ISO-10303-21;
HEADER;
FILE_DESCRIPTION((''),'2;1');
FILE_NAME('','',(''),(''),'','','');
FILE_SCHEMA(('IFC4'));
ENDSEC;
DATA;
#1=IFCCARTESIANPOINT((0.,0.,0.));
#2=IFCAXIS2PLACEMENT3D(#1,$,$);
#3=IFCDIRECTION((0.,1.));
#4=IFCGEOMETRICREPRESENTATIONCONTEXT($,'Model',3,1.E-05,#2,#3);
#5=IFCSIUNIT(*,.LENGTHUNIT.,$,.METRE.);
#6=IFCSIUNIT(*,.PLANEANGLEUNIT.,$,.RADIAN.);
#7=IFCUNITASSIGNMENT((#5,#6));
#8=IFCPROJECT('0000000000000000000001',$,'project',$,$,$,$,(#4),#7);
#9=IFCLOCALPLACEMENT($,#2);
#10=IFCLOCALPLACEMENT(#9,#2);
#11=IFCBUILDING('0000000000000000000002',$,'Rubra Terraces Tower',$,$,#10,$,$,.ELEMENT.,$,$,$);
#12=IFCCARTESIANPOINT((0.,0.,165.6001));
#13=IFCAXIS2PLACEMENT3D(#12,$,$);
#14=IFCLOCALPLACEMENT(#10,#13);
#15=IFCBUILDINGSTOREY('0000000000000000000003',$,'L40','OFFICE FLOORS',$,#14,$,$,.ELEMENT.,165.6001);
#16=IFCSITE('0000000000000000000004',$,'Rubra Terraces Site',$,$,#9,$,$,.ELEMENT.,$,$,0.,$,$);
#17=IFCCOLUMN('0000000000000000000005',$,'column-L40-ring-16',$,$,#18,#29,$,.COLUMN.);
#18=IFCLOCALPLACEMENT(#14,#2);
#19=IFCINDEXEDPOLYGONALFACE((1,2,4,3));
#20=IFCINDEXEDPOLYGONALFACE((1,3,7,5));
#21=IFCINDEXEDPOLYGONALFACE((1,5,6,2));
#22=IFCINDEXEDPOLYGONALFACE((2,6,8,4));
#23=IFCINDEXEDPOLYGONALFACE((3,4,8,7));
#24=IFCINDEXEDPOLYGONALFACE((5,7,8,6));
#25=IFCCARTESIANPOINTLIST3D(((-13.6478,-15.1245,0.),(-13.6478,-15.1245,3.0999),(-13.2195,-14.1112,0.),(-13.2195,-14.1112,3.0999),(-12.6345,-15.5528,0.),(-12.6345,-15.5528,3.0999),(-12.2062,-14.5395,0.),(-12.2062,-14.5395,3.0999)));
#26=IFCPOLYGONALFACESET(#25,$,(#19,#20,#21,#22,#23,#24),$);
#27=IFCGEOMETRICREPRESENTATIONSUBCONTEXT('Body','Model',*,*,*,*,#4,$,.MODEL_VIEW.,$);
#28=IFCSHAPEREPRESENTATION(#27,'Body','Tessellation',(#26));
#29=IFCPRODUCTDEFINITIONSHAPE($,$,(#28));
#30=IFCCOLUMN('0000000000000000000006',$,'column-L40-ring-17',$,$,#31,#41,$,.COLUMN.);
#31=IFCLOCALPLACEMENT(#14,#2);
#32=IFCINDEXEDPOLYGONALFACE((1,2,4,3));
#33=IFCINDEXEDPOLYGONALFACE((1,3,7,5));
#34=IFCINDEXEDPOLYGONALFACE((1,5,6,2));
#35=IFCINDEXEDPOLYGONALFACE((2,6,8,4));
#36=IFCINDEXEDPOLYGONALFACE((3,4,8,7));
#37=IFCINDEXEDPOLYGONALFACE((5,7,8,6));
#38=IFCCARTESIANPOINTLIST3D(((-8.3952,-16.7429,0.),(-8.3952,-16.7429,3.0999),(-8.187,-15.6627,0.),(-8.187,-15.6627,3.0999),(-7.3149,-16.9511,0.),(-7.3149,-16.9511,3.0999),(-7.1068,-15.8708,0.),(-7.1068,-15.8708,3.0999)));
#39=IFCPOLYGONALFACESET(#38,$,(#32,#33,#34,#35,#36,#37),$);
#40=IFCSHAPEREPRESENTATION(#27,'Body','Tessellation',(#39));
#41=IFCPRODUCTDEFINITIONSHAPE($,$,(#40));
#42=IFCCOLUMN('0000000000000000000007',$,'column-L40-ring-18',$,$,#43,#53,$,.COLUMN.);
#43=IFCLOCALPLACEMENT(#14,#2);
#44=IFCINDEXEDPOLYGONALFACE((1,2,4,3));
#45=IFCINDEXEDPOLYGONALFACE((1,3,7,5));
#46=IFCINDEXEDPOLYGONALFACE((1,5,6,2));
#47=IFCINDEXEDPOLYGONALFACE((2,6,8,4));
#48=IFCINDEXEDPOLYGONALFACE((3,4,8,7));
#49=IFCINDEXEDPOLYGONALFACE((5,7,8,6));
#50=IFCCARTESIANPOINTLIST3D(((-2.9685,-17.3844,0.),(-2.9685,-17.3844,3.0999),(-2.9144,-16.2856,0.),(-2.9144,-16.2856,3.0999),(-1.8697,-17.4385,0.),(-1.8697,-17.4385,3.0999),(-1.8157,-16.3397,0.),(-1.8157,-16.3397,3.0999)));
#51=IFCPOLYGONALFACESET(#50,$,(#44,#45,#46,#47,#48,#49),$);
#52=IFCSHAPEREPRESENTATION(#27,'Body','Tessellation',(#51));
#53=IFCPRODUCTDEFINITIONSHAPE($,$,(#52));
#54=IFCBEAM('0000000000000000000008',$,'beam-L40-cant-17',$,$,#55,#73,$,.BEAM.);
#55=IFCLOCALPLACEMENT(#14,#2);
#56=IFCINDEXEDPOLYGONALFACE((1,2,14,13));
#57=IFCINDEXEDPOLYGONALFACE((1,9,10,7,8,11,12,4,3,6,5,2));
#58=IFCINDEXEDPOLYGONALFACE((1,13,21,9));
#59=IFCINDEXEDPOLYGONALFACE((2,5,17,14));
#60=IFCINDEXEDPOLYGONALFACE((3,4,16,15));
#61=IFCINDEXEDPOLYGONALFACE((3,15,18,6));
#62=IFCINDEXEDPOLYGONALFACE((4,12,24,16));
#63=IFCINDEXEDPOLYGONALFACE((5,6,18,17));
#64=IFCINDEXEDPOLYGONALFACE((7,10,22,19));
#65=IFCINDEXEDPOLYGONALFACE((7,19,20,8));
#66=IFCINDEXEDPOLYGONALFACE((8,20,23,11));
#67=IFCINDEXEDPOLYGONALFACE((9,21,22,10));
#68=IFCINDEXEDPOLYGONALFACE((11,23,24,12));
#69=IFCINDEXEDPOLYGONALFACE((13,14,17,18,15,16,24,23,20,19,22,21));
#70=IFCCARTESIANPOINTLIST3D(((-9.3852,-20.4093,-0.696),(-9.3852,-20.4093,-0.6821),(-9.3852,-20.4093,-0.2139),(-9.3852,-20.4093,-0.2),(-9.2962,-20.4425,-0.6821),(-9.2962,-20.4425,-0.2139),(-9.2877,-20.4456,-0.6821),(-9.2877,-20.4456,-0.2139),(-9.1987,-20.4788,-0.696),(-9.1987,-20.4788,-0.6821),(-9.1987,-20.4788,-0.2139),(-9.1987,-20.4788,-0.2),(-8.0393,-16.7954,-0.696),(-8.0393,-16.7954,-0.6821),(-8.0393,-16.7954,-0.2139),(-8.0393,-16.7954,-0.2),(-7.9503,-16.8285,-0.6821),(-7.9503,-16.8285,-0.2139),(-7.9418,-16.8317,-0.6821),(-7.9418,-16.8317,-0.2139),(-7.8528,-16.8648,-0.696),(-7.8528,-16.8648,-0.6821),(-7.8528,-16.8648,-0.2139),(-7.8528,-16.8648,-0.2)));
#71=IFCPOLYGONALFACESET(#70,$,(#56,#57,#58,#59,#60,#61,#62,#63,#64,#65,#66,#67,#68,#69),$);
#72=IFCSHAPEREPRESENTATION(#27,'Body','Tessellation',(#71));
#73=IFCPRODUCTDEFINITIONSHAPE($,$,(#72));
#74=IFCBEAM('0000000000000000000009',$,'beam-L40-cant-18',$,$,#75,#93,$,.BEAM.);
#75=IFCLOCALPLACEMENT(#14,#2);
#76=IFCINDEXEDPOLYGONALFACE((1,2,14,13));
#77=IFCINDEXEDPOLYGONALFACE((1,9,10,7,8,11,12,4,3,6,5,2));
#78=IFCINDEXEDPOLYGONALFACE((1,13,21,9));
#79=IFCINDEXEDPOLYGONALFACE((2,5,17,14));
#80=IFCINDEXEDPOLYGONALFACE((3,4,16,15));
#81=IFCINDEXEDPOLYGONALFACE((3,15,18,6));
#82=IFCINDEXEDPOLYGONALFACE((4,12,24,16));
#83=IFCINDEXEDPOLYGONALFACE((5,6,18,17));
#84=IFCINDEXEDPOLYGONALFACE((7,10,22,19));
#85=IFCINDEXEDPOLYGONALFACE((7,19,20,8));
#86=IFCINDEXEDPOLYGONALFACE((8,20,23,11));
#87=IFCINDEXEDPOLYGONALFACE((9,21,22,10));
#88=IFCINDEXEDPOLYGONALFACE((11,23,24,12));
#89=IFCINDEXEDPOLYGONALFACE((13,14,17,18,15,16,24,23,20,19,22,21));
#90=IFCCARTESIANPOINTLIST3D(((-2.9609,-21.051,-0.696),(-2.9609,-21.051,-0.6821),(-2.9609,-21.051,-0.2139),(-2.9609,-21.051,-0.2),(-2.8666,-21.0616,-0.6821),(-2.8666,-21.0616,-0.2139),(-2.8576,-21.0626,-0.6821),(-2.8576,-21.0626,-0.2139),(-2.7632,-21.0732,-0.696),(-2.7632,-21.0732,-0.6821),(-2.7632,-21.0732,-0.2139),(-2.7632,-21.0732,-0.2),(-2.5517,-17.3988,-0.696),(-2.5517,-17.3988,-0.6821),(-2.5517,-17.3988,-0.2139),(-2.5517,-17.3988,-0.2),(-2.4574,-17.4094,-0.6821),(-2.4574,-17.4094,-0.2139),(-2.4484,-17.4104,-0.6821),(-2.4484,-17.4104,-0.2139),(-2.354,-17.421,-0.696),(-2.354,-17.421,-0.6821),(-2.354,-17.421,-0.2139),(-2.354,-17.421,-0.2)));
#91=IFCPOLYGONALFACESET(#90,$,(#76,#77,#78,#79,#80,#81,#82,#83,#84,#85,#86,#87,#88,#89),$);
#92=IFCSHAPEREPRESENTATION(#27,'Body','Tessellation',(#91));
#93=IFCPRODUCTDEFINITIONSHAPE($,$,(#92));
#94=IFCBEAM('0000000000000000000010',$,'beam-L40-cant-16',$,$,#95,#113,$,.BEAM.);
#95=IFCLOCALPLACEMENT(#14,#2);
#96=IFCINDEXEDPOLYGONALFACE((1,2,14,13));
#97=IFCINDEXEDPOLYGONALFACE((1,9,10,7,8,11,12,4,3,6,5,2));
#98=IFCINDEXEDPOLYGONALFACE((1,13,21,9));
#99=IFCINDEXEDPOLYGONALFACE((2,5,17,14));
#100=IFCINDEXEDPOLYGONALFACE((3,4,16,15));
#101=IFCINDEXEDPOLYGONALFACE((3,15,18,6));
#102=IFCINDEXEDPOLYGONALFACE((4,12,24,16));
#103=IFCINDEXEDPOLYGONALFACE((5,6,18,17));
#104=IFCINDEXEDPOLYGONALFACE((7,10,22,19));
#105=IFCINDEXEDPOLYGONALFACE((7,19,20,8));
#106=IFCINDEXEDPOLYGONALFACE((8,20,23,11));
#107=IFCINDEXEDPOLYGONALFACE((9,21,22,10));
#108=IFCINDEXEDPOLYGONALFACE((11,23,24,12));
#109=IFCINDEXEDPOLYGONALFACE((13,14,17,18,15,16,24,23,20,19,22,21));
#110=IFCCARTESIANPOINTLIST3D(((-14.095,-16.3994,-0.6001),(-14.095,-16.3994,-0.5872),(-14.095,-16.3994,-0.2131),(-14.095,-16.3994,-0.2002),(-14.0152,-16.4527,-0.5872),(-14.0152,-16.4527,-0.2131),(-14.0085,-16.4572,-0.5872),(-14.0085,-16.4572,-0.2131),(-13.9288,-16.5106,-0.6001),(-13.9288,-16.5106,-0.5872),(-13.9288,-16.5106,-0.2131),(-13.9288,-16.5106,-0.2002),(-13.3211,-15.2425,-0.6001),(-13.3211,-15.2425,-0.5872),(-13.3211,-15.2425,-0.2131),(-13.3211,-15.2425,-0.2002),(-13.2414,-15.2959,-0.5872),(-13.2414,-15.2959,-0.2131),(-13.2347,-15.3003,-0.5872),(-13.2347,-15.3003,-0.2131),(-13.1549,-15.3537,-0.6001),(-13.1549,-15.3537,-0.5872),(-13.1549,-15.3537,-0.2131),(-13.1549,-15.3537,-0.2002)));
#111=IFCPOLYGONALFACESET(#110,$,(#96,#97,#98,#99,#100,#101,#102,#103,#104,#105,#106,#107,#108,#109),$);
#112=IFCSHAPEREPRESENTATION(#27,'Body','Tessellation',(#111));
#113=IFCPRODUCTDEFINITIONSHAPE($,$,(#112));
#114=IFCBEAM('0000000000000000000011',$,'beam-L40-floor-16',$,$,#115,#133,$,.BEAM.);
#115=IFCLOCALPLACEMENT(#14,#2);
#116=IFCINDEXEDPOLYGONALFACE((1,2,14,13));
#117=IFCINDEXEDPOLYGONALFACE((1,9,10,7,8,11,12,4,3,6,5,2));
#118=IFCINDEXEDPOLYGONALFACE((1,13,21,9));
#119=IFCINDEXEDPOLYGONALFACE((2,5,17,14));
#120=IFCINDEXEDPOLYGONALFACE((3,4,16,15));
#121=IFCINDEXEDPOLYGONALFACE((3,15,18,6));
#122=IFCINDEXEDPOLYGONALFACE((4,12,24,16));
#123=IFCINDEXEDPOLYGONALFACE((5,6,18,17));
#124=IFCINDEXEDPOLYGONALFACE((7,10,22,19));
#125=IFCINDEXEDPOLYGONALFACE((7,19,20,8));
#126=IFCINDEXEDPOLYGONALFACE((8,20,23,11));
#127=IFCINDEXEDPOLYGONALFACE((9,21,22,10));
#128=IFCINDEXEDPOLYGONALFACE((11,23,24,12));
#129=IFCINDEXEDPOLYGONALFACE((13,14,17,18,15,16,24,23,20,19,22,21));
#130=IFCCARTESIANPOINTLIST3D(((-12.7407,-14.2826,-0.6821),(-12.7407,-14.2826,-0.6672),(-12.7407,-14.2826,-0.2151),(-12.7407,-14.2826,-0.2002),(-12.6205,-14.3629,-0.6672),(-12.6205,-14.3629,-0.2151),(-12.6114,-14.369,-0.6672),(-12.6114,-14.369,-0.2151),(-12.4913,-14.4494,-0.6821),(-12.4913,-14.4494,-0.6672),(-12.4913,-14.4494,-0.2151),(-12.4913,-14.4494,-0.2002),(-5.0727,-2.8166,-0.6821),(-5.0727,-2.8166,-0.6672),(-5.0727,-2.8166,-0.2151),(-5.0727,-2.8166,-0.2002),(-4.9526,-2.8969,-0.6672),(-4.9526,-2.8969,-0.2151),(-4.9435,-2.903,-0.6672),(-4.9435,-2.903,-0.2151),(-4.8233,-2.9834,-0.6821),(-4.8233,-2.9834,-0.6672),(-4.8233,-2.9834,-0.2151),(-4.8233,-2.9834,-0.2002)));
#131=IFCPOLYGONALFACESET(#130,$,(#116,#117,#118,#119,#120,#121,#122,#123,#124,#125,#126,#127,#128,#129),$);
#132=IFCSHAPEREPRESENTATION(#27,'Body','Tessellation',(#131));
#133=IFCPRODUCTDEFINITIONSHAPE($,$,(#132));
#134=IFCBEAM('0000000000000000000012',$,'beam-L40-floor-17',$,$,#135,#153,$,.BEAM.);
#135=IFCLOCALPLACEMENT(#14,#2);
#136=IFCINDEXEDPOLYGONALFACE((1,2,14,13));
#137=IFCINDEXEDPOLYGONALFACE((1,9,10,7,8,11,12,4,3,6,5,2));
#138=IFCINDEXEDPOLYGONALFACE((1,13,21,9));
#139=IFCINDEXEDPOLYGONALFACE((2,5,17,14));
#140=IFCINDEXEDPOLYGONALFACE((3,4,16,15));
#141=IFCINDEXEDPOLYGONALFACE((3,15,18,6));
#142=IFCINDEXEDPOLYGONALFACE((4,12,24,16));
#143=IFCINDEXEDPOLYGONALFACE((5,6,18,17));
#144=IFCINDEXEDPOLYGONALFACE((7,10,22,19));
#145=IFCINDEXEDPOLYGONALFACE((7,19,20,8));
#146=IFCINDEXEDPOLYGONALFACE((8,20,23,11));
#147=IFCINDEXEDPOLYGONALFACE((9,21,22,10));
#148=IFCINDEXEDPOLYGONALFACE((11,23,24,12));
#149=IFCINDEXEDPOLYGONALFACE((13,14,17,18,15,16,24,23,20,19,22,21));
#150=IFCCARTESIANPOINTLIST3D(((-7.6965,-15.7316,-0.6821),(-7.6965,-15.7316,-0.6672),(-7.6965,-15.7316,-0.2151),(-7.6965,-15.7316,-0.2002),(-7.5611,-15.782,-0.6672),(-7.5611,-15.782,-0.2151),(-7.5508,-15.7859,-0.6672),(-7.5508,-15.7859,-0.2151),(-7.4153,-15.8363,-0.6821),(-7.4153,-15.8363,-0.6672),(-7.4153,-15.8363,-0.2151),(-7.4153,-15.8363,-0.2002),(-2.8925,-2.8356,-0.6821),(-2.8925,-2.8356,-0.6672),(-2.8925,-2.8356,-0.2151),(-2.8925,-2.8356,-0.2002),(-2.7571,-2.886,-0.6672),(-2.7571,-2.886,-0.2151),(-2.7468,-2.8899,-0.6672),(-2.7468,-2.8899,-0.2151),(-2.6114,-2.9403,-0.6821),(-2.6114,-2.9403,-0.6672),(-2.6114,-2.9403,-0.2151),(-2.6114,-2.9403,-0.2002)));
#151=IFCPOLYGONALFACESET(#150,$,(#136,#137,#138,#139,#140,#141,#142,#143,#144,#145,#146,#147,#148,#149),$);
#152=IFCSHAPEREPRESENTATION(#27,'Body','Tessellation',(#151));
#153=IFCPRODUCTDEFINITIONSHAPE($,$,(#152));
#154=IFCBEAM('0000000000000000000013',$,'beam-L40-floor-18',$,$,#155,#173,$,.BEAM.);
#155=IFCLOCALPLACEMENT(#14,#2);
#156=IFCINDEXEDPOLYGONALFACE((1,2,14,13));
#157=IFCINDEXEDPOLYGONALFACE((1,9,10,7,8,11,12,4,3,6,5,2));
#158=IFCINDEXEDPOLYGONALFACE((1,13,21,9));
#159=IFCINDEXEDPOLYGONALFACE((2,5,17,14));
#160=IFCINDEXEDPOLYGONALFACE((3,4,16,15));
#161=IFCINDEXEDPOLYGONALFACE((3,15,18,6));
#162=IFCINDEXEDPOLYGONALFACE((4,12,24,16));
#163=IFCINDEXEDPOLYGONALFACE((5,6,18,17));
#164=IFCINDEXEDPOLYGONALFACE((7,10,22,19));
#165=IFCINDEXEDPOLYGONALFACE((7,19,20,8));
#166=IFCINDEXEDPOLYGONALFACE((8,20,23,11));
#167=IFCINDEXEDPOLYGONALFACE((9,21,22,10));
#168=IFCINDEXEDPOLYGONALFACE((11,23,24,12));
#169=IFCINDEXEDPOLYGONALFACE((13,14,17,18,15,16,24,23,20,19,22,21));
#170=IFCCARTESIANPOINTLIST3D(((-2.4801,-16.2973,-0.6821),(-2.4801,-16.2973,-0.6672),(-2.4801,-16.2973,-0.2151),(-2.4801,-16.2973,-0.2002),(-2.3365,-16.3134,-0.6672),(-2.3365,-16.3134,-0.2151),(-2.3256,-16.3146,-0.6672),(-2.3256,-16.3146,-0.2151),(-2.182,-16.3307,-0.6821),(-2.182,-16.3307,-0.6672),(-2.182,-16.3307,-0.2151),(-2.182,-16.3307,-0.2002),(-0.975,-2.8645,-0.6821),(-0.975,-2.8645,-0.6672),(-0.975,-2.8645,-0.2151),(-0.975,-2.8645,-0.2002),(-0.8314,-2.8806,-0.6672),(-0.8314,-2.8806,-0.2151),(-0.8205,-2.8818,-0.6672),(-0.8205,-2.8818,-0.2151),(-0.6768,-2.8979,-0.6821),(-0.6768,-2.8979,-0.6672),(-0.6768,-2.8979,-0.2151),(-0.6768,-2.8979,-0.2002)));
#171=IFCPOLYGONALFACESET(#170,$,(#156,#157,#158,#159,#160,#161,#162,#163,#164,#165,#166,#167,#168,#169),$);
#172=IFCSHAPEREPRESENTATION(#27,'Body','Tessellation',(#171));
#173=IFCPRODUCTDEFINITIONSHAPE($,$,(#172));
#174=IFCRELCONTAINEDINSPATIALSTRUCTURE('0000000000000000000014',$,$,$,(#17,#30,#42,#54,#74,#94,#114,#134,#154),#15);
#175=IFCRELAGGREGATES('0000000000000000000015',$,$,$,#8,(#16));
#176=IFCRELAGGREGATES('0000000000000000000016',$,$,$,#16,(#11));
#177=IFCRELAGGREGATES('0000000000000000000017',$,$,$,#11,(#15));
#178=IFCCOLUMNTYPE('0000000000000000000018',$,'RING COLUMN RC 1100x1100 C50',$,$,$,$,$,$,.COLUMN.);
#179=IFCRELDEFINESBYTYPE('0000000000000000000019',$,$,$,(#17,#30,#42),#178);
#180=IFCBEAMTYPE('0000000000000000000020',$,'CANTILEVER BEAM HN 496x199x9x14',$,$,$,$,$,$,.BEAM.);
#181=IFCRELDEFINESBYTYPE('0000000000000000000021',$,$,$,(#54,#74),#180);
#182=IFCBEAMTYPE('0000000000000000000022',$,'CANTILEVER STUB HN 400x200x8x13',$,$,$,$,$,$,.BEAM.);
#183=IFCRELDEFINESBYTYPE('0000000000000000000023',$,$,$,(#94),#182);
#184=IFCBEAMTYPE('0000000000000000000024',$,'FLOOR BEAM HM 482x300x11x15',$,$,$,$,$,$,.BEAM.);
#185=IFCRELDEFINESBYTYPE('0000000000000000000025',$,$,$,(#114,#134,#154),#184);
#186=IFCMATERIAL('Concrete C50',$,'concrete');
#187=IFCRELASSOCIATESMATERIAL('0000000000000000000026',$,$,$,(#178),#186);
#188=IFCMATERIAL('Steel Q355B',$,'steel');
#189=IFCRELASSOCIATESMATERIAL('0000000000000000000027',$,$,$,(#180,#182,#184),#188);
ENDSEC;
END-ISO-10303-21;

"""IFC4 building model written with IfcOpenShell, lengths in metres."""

from ifc_helpers import new_model, si_unit, direction, frame, origin, origin_2d, place, context, subcontext, project, spatial, rectangle, i_section, extrude, material, material_profile, profile_set, type_object, element, save


model = new_model("IFC4")

# Units and contexts
model_context = context("Model", 3, precision=1e-05, world=origin(), true_north=direction((0.0, 1.0)))
body_context = subcontext(model_context, "Body", "Model", "MODEL_VIEW")
ifc_project = project(units=[si_unit("LENGTHUNIT", "METRE"), si_unit("PLANEANGLEUNIT", "RADIAN")], contexts=[model_context])

# Site, building, storey
site_placement = place(None, origin())
site = spatial("IfcSite", under=ifc_project, at=site_placement, Name="Rubra Terraces Site", CompositionType="ELEMENT", RefElevation=0.0)
building_placement = place(site_placement, origin())
building = spatial("IfcBuilding", under=site, at=building_placement, Name="Rubra Terraces Tower", CompositionType="ELEMENT")
storey_placement = place(building_placement, frame((0.0, 0.0, 165.6001)))
storey = spatial("IfcBuildingStorey", under=building, at=storey_placement, Name="L40", Description="OFFICE FLOORS", CompositionType="ELEMENT", Elevation=165.6001)

# Columns
ifc_material_1 = material(Name="Concrete C50", Category="concrete")
ifc_material_profile_1 = material_profile(ifc_material_1, rectangle(XDim=1.1001, YDim=1.1001, at=origin_2d()), Name="RC 1100x1100")
ifc_profile_set_1 = profile_set([ifc_material_profile_1], Name="Concrete C50")
column_type = type_object("IfcColumnType", Name="RING COLUMN RC 1100x1100 C50", PredefinedType="COLUMN", material=ifc_profile_set_1)
for number, where, z_axis, x_axis, name in (
    (1, (-12.927, -14.832, 0.0), (0.0, 0.0, 1.0), (0.921106, -0.389313, 0.0), "column-L40-ring-16"),
    (2, (-7.751, -16.3069, 0.0), (0.0, 0.0, 1.0), (0.981937, -0.18921, 0.0), "column-L40-ring-17"),
    (3, (-2.3921, -16.8621, 0.0), (0.0, 0.0, 1.0), (0.998791, -0.04915, 0.0), "column-L40-ring-18"),
):
    element("IfcColumn", number, at=place(storey_placement, frame(where, z_axis=z_axis, x_axis=x_axis)), inside=storey, type_object=column_type, Name=name, PredefinedType="COLUMN", context=body_context, shape_type="SweptSolid", body=[
        extrude(rectangle(XDim=1.1001, YDim=1.1001, at=origin_2d()), origin(), (0.0, 0.0, 1.0), 3.0999),
    ])

# Beams
ifc_material_2 = material(Name="Steel Q355B", Category="steel")
ifc_material_profile_2 = material_profile(ifc_material_2, i_section(OverallWidth=0.199, OverallDepth=0.4961, WebThickness=0.009, FlangeThickness=0.0139, at=origin_2d()), Name="HN 496x199x9x14")
ifc_profile_set_2 = profile_set([ifc_material_profile_2], Name="Steel Q355B")
beam_type_1 = type_object("IfcBeamType", Name="CANTILEVER BEAM HN 496x199x9x14", PredefinedType="BEAM", material=ifc_profile_set_2)
beam_1_placement = place(storey_placement, frame((-7.946, -16.8301, -0.448), z_axis=(-0.349007, -0.93712, 0.0), x_axis=(0.93712, -0.349007, 0.0)))
element("IfcBeam", 4, at=beam_1_placement, inside=storey, type_object=beam_type_1, Name="beam-L40-cant-17", PredefinedType="BEAM", context=body_context, shape_type="SweptSolid", body=[
    extrude(i_section(OverallWidth=0.199, OverallDepth=0.4961, WebThickness=0.009, FlangeThickness=0.0139, at=origin_2d()), origin(), (0.0, 0.0, 1.0), 3.8564),
])
beam_2_placement = place(storey_placement, frame((-2.4529, -17.4099, -0.448), z_axis=(-0.111343, -0.993782, 0.0), x_axis=(0.993782, -0.111343, 0.0)))
element("IfcBeam", 5, at=beam_2_placement, inside=storey, type_object=beam_type_1, Name="beam-L40-cant-18", PredefinedType="BEAM", context=body_context, shape_type="SweptSolid", body=[
    extrude(i_section(OverallWidth=0.199, OverallDepth=0.4961, WebThickness=0.009, FlangeThickness=0.0139, at=origin_2d()), origin(), (0.0, 0.0, 1.0), 3.675),
])
ifc_material_profile_3 = material_profile(ifc_material_2, i_section(OverallWidth=0.2, OverallDepth=0.3999, WebThickness=0.0081, FlangeThickness=0.0129, at=origin_2d()), Name="HN 400x200x8x13")
ifc_profile_set_3 = profile_set([ifc_material_profile_3], Name="Steel Q355B")
beam_type_2 = type_object("IfcBeamType", Name="CANTILEVER STUB HN 400x200x8x13", PredefinedType="BEAM", material=ifc_profile_set_3)
beam_3_placement = place(storey_placement, frame((-13.238, -15.2981, -0.4001), z_axis=(-0.555995, -0.831186, 0.0), x_axis=(0.831186, -0.555995, 0.0)))
element("IfcBeam", 6, at=beam_3_placement, inside=storey, type_object=beam_type_2, Name="beam-L40-cant-16", PredefinedType="BEAM", context=body_context, shape_type="SweptSolid", body=[
    extrude(i_section(OverallWidth=0.2, OverallDepth=0.3999, WebThickness=0.0081, FlangeThickness=0.0129, at=origin_2d()), origin(), (0.0, 0.0, 1.0), 1.3918),
])
ifc_material_profile_4 = material_profile(ifc_material_2, i_section(OverallWidth=0.3, OverallDepth=0.4819, WebThickness=0.011, FlangeThickness=0.0149, at=origin_2d()), Name="HM 482x300x11x15")
ifc_profile_set_4 = profile_set([ifc_material_profile_4], Name="Steel Q355B")
beam_type_3 = type_object("IfcBeamType", Name="FLOOR BEAM HM 482x300x11x15", PredefinedType="BEAM", material=ifc_profile_set_4)
beam_4_placement = place(storey_placement, frame((-12.616, -14.366, -0.4412), z_axis=(0.5559, 0.831249, 0.0), x_axis=(-0.831249, 0.5559, 0.0)))
element("IfcBeam", 7, at=beam_4_placement, inside=storey, type_object=beam_type_3, Name="beam-L40-floor-16", PredefinedType="BEAM", context=body_context, shape_type="SweptSolid", body=[
    extrude(i_section(OverallWidth=0.3, OverallDepth=0.4819, WebThickness=0.011, FlangeThickness=0.0149, at=origin_2d()), origin(), (0.0, 0.0, 1.0), 13.7937),
])
beam_5_placement = place(storey_placement, frame((-7.5559, -15.7839, -0.4412), z_axis=(0.349081, 0.937092, 0.0), x_axis=(-0.937092, 0.349081, 0.0)))
element("IfcBeam", 8, at=beam_5_placement, inside=storey, type_object=beam_type_3, Name="beam-L40-floor-17", PredefinedType="BEAM", context=body_context, shape_type="SweptSolid", body=[
    extrude(i_section(OverallWidth=0.3, OverallDepth=0.4819, WebThickness=0.011, FlangeThickness=0.0149, at=origin_2d()), origin(), (0.0, 0.0, 1.0), 13.7617),
])
beam_6_placement = place(storey_placement, frame((-2.3311, -16.314, -0.4412), z_axis=(0.111351, 0.993781, 0.0), x_axis=(-0.993781, 0.111351, 0.0)))
element("IfcBeam", 9, at=beam_6_placement, inside=storey, type_object=beam_type_3, Name="beam-L40-floor-18", PredefinedType="BEAM", context=body_context, shape_type="SweptSolid", body=[
    extrude(i_section(OverallWidth=0.3, OverallDepth=0.4819, WebThickness=0.011, FlangeThickness=0.0149, at=origin_2d()), origin(), (0.0, 0.0, 1.0), 13.5168),
])

save(model, "model.ifc")
